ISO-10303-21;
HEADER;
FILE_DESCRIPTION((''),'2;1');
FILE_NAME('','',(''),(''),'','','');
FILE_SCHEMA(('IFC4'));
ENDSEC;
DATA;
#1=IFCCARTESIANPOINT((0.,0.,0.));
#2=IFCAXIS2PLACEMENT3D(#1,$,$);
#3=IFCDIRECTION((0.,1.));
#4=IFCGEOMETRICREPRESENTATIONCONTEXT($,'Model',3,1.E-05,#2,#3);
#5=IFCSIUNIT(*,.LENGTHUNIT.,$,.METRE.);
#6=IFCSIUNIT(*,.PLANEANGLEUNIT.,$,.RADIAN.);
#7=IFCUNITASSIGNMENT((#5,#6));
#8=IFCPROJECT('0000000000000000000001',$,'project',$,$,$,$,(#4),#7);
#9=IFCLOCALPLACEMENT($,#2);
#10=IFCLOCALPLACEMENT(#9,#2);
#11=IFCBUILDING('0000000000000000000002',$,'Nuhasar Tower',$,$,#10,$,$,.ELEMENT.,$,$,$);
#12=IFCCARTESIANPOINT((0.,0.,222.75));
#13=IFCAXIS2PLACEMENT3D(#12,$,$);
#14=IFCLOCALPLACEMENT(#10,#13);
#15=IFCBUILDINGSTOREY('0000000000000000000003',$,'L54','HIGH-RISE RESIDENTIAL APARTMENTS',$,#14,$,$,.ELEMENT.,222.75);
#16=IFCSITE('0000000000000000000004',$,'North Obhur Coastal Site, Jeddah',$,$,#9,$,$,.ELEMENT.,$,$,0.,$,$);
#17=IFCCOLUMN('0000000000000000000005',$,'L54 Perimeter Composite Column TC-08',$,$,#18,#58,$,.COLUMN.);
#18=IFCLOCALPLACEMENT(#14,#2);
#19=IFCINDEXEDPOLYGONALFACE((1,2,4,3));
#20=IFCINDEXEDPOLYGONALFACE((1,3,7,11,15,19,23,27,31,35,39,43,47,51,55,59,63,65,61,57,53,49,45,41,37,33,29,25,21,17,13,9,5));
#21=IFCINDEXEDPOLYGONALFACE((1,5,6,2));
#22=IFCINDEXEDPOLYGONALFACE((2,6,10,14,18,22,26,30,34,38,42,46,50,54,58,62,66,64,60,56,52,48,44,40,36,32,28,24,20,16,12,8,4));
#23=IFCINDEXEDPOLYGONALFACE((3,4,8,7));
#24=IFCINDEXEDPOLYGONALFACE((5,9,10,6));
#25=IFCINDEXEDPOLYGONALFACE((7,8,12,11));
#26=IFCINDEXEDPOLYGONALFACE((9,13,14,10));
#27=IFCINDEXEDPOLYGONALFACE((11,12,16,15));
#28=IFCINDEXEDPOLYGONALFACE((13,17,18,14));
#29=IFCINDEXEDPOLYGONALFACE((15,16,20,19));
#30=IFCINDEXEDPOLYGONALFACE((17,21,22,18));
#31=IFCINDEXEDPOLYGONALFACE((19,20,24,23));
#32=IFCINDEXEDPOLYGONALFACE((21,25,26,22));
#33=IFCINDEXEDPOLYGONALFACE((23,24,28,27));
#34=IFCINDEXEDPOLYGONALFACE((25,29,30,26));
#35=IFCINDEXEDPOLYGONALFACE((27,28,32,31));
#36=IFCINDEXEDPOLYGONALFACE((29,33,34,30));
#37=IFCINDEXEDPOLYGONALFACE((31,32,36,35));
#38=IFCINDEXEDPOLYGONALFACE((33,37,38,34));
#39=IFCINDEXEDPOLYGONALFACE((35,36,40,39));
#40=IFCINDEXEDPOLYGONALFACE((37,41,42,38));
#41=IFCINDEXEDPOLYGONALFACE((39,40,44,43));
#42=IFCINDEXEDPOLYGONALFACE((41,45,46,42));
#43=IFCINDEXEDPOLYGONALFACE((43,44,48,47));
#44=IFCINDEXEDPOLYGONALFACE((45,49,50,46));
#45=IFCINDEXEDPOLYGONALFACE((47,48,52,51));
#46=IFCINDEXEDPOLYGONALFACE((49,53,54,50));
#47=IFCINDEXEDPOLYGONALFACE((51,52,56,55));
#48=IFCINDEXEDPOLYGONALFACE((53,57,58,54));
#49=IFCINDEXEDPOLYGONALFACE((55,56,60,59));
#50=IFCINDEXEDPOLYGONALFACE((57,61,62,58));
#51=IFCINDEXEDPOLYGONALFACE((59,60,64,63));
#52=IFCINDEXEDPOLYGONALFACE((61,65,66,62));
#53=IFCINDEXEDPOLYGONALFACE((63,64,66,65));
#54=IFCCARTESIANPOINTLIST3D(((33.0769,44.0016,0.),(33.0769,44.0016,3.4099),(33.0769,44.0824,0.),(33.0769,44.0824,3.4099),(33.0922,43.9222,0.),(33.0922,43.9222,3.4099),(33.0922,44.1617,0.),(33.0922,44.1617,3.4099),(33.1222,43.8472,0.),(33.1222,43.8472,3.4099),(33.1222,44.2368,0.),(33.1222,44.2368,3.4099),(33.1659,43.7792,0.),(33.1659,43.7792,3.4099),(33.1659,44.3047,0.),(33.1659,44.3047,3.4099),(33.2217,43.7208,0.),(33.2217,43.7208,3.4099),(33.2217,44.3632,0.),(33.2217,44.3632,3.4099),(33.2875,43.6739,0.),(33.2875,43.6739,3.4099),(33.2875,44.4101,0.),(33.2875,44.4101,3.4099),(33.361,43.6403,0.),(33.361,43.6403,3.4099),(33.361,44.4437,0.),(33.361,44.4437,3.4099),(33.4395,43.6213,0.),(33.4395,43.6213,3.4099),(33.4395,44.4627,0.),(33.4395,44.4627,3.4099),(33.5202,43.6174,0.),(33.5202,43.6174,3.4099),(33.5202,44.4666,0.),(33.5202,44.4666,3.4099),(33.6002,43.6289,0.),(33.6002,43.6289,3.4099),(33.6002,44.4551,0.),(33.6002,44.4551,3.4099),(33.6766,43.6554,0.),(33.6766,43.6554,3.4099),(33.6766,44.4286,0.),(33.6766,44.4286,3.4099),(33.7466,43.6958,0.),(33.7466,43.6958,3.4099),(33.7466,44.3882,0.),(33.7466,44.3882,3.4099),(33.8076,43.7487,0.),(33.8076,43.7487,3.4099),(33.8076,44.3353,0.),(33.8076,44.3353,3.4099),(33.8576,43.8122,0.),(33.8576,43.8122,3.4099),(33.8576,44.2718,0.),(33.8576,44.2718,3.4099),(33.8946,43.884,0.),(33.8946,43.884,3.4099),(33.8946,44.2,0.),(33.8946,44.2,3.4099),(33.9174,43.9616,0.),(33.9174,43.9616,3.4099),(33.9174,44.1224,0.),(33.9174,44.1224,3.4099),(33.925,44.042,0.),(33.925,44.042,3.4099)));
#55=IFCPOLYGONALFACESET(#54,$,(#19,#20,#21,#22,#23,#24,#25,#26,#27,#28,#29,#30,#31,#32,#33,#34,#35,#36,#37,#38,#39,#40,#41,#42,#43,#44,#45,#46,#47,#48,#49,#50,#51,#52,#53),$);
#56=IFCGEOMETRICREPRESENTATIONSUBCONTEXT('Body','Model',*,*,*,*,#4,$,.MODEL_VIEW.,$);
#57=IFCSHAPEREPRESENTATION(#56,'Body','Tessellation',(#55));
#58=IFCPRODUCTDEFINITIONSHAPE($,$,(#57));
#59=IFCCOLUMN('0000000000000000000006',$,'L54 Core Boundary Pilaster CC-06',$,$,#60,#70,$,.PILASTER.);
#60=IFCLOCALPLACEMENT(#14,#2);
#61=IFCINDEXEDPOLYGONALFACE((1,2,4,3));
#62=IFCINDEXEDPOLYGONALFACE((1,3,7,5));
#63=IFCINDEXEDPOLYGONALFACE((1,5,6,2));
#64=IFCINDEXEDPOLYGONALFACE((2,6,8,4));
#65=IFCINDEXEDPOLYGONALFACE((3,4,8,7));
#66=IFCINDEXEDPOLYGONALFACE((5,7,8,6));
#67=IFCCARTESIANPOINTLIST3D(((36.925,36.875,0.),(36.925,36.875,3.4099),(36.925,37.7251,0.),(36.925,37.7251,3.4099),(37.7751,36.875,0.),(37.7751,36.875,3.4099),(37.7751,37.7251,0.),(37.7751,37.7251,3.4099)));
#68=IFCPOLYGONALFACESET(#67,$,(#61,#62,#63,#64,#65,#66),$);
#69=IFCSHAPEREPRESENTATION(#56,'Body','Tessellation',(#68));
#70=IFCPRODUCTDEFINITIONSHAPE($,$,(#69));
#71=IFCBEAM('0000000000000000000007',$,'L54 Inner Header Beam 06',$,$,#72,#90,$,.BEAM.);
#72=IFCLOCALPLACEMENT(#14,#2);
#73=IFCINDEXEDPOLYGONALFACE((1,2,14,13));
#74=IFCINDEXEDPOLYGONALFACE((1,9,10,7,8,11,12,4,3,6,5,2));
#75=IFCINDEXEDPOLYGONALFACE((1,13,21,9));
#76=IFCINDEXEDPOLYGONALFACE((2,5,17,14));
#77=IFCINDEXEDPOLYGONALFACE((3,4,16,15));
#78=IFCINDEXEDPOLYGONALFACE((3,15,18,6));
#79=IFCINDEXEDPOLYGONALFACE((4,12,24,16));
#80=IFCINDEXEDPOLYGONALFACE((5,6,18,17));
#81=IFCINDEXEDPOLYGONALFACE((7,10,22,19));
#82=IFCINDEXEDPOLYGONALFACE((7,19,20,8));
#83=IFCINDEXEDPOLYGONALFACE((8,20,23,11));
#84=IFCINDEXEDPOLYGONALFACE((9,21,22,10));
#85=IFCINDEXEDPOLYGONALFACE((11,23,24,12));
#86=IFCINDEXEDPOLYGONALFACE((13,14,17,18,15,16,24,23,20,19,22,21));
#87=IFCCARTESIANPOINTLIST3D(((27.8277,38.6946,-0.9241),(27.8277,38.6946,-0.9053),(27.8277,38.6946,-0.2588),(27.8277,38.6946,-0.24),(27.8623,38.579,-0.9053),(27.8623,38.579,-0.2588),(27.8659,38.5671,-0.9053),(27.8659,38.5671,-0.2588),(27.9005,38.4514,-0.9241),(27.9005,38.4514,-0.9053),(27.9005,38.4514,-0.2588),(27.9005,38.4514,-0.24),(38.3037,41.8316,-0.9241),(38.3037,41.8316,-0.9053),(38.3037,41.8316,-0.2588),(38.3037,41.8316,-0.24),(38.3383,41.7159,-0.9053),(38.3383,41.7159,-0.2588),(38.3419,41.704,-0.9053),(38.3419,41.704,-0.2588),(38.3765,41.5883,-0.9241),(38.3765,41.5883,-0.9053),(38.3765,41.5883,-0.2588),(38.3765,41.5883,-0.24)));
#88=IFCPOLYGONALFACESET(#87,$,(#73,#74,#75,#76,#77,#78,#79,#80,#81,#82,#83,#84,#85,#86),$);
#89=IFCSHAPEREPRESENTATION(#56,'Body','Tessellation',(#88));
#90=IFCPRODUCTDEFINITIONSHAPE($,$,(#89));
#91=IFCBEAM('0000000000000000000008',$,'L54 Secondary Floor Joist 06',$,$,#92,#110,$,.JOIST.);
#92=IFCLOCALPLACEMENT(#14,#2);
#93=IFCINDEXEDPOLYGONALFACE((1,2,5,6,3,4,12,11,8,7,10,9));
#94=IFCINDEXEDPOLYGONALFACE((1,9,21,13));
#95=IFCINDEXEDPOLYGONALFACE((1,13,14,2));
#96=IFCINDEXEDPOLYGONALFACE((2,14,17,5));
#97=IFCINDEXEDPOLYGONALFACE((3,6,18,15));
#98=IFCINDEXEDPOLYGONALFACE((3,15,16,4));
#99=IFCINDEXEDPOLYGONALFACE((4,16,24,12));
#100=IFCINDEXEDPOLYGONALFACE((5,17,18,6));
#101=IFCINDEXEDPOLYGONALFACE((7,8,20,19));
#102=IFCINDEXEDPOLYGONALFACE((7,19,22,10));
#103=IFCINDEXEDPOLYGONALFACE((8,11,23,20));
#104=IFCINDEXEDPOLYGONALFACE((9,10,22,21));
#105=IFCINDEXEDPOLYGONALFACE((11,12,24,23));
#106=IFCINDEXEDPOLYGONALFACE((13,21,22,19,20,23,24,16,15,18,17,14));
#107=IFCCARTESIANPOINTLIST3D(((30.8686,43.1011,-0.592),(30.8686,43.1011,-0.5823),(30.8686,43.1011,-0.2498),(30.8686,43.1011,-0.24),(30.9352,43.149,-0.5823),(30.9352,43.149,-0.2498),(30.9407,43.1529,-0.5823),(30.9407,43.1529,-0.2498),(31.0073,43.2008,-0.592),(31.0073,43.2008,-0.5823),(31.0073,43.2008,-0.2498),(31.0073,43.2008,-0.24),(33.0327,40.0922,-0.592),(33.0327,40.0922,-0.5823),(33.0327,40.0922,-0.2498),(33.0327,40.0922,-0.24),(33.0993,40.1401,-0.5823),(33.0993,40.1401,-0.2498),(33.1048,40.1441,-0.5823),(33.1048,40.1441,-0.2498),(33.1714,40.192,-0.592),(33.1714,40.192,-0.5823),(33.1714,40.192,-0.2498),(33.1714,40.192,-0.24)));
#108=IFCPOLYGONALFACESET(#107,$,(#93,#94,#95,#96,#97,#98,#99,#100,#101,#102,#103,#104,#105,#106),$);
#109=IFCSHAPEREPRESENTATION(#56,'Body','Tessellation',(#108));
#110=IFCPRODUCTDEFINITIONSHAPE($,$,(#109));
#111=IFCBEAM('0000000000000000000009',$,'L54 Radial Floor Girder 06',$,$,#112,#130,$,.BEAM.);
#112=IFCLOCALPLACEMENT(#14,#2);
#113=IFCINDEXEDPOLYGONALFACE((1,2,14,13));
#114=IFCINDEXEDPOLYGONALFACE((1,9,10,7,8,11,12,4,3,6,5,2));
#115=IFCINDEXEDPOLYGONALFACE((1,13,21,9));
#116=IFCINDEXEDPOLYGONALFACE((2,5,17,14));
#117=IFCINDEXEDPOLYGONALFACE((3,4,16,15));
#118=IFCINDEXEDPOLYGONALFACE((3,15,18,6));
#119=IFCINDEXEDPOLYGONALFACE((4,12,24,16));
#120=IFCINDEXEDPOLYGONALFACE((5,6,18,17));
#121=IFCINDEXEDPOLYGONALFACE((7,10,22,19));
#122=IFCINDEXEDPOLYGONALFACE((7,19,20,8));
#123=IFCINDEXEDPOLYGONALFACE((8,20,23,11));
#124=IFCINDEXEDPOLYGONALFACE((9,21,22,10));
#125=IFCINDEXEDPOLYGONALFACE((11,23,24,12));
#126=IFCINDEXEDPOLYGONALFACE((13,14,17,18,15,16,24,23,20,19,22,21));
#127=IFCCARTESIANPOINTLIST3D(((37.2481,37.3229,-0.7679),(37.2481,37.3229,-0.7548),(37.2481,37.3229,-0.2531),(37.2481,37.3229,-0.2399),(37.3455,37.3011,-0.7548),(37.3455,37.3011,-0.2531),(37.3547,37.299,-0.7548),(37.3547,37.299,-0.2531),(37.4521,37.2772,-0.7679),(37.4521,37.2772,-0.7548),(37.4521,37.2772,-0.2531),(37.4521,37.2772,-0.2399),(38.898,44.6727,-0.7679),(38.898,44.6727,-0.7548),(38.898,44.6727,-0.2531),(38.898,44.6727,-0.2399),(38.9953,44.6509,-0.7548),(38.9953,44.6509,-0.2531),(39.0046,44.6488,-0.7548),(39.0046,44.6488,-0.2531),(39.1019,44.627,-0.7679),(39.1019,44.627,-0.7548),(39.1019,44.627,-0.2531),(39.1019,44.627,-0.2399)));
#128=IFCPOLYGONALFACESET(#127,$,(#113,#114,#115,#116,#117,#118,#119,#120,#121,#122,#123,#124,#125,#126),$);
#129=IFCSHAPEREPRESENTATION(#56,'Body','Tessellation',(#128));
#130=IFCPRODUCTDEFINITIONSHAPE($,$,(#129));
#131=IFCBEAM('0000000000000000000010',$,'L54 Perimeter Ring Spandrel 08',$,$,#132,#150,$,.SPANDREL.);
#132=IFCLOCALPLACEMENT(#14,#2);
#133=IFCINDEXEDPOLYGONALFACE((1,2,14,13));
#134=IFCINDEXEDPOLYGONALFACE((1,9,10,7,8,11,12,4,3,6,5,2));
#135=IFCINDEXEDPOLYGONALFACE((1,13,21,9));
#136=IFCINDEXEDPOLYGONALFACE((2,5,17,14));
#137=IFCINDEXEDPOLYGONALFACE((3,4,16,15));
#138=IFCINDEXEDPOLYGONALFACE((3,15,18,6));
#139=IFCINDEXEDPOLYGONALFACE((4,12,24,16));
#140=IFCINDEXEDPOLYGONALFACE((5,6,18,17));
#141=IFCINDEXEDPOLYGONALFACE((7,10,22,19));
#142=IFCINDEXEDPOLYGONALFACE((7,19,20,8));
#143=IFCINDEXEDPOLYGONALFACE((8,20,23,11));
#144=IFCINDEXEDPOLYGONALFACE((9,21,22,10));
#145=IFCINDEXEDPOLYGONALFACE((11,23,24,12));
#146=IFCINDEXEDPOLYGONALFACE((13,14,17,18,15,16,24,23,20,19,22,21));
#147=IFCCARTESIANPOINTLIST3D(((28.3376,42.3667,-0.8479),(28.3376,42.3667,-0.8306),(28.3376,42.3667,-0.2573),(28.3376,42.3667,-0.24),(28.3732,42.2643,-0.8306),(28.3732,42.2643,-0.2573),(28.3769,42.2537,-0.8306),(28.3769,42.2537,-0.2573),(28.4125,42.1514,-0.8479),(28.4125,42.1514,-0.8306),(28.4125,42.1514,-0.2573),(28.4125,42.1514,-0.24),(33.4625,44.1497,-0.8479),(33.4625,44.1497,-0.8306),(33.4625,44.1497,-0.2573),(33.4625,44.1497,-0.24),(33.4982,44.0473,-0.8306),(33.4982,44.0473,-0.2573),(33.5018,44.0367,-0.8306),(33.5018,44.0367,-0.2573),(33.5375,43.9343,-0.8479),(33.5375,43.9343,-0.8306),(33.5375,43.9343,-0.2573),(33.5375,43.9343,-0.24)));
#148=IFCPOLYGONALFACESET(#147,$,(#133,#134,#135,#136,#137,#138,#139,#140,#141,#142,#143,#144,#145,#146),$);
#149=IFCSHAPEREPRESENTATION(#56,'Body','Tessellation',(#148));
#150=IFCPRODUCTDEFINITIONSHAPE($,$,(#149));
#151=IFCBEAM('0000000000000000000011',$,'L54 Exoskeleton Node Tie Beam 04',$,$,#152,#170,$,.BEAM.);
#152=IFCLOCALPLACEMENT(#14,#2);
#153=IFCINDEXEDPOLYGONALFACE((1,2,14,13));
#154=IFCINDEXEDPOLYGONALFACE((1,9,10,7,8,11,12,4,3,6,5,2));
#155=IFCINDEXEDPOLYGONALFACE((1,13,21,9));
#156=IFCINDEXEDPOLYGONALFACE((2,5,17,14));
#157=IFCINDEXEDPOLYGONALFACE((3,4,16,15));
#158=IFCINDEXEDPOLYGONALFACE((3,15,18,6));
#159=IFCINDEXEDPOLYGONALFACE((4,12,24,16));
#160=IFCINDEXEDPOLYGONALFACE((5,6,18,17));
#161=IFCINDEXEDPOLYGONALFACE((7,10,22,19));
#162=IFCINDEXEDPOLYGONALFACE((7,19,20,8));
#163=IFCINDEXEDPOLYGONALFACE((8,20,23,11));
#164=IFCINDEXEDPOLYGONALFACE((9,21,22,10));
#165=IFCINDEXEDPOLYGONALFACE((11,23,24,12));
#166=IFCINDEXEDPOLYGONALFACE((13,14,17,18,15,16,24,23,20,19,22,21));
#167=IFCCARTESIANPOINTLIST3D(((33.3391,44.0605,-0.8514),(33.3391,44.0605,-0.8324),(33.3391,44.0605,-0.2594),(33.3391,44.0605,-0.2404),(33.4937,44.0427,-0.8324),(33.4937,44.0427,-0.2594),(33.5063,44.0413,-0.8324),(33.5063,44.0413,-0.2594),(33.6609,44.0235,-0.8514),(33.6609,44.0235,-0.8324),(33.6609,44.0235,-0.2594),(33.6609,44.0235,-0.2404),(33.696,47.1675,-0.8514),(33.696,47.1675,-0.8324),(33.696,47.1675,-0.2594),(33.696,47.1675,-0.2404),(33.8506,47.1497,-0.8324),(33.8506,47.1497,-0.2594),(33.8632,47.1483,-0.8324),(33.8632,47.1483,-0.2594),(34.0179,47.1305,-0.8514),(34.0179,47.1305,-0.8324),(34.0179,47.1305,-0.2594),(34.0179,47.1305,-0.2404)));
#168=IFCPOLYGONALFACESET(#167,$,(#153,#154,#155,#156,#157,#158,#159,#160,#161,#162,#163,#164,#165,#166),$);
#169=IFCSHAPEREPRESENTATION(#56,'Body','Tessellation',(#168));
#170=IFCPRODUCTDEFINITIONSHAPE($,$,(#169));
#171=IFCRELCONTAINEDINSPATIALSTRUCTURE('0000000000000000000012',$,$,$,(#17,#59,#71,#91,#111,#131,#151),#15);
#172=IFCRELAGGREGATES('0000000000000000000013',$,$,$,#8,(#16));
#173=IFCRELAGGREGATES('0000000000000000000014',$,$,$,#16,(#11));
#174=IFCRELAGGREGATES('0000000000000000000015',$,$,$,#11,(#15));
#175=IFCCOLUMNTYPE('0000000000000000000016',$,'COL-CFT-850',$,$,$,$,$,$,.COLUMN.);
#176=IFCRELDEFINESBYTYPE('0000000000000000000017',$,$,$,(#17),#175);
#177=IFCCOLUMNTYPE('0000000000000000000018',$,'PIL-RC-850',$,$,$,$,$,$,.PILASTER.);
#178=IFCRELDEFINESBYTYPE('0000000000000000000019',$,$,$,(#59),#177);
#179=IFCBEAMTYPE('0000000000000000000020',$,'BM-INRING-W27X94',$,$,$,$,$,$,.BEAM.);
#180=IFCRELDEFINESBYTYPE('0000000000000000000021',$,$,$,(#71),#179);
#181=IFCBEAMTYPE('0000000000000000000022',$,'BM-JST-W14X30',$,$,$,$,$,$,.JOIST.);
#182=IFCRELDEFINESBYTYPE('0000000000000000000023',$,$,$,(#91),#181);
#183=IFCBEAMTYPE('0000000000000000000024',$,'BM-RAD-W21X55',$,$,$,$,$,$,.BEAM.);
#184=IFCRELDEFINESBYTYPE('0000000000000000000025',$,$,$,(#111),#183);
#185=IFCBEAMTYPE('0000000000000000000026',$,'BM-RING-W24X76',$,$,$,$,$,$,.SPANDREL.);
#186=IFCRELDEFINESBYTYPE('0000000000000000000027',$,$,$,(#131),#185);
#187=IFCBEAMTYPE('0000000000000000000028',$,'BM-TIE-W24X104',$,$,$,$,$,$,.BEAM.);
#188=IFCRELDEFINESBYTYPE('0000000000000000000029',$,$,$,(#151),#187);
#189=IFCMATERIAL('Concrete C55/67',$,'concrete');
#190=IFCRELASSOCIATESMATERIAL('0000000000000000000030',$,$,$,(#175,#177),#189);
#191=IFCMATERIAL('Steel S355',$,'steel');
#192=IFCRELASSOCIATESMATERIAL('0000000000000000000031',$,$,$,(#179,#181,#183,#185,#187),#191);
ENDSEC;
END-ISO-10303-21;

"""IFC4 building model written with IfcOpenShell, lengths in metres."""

from ifc_helpers import new_model, si_unit, direction, frame, origin, origin_2d, place, context, subcontext, project, spatial, rectangle, circle, i_section, extrude, material, material_profile, profile_set, type_object, element, save


model = new_model("IFC4")

# Units and contexts
model_context = context("Model", 3, precision=1e-05, world=origin(), true_north=direction((0.0, 1.0)))
body_context = subcontext(model_context, "Body", "Model", "MODEL_VIEW")
ifc_project = project(units=[si_unit("LENGTHUNIT", "METRE"), si_unit("PLANEANGLEUNIT", "RADIAN")], contexts=[model_context])

# Site, building, storey
site_placement = place(None, origin())
site = spatial("IfcSite", under=ifc_project, at=site_placement, Name="North Obhur Coastal Site, Jeddah", CompositionType="ELEMENT", RefElevation=0.0)
building_placement = place(site_placement, origin())
building = spatial("IfcBuilding", under=site, at=building_placement, Name="Nuhasar Tower", CompositionType="ELEMENT")
storey_placement = place(building_placement, frame((0.0, 0.0, 222.75)))
storey = spatial("IfcBuildingStorey", under=building, at=storey_placement, Name="L54", Description="HIGH-RISE RESIDENTIAL APARTMENTS", CompositionType="ELEMENT", Elevation=222.75)

# Columns
ifc_material_1 = material(Name="Concrete C55/67", Category="concrete")
ifc_material_profile_1 = material_profile(ifc_material_1, circle(Radius=0.425, at=origin_2d()), Name="CFT850")
ifc_profile_set_1 = profile_set([ifc_material_profile_1], Name="Concrete C55/67")
column_type_1 = type_object("IfcColumnType", Name="COL-CFT-850", PredefinedType="COLUMN", material=ifc_profile_set_1)
column_1_placement = place(storey_placement, frame((33.5, 44.042, 0.0), z_axis=(0.0, 0.0, 1.0), x_axis=(1.0, 0.0, 0.0)))
element("IfcColumn", 1, at=column_1_placement, inside=storey, type_object=column_type_1, Name="L54 Perimeter Composite Column TC-08", PredefinedType="COLUMN", context=body_context, shape_type="SweptSolid", body=[
    extrude(circle(Radius=0.425, at=origin_2d()), origin(), (0.0, 0.0, 1.0), 3.4099),
])
ifc_material_profile_2 = material_profile(ifc_material_1, rectangle(XDim=0.8501, YDim=0.8501, at=origin_2d()), Name="RC850X850")
ifc_profile_set_2 = profile_set([ifc_material_profile_2], Name="Concrete C55/67")
column_type_2 = type_object("IfcColumnType", Name="PIL-RC-850", PredefinedType="PILASTER", material=ifc_profile_set_2)
column_2_placement = place(storey_placement, frame((37.3501, 37.3, 0.0), z_axis=(0.0, 0.0, 1.0), x_axis=(1.0, 0.0, 0.0)))
element("IfcColumn", 2, at=column_2_placement, inside=storey, type_object=column_type_2, Name="L54 Core Boundary Pilaster CC-06", PredefinedType="PILASTER", context=body_context, shape_type="SweptSolid", body=[
    extrude(rectangle(XDim=0.8501, YDim=0.8501, at=origin_2d()), origin(), (0.0, 0.0, 1.0), 3.4099),
])

# Beams
ifc_material_2 = material(Name="Steel S355", Category="steel")
ifc_material_profile_3 = material_profile(ifc_material_2, i_section(OverallWidth=0.2539, OverallDepth=0.6841, WebThickness=0.0125, FlangeThickness=0.0188, at=origin_2d()), Name="W27X94")
ifc_profile_set_3 = profile_set([ifc_material_profile_3], Name="Steel S355")
beam_type_1 = type_object("IfcBeamType", Name="BM-INRING-W27X94", PredefinedType="BEAM", material=ifc_profile_set_3)
beam_1_placement = place(storey_placement, frame((38.3401, 41.71, -0.582), z_axis=(-0.957974, -0.286856, 0.0), x_axis=(0.286856, -0.957974, 0.0)))
element("IfcBeam", 3, at=beam_1_placement, inside=storey, type_object=beam_type_1, Name="L54 Inner Header Beam 06", PredefinedType="BEAM", context=body_context, shape_type="SweptSolid", body=[
    extrude(i_section(OverallWidth=0.2539, OverallDepth=0.6841, WebThickness=0.0125, FlangeThickness=0.0188, at=origin_2d()), origin(), (0.0, 0.0, 1.0), 10.9355),
])
ifc_material_profile_4 = material_profile(ifc_material_2, i_section(OverallWidth=0.1709, OverallDepth=0.3521, WebThickness=0.0068, FlangeThickness=0.0098, at=origin_2d()), Name="W14X30")
ifc_profile_set_4 = profile_set([ifc_material_profile_4], Name="Steel S355")
beam_type_2 = type_object("IfcBeamType", Name="BM-JST-W14X30", PredefinedType="JOIST", material=ifc_profile_set_4)
beam_2_placement = place(storey_placement, frame((33.1021, 40.1421, -0.416), z_axis=(-0.583902, 0.811824, 0.0), x_axis=(-0.811824, -0.583902, 0.0)))
element("IfcBeam", 4, at=beam_2_placement, inside=storey, type_object=beam_type_2, Name="L54 Secondary Floor Joist 06", PredefinedType="JOIST", context=body_context, shape_type="SweptSolid", body=[
    extrude(i_section(OverallWidth=0.1709, OverallDepth=0.3521, WebThickness=0.0068, FlangeThickness=0.0098, at=origin_2d()), origin(), (0.0, 0.0, 1.0), 3.7063),
])
ifc_material_profile_5 = material_profile(ifc_material_2, i_section(OverallWidth=0.209, OverallDepth=0.5281, WebThickness=0.0095, FlangeThickness=0.0132, at=origin_2d()), Name="W21X55")
ifc_profile_set_5 = profile_set([ifc_material_profile_5], Name="Steel S355")
beam_type_3 = type_object("IfcBeamType", Name="BM-RAD-W21X55", PredefinedType="BEAM", material=ifc_profile_set_5)
beam_3_placement = place(storey_placement, frame((37.3501, 37.3, -0.5039), z_axis=(0.21903, 0.975718, 0.0), x_axis=(-0.975718, 0.21903, 0.0)))
element("IfcBeam", 5, at=beam_3_placement, inside=storey, type_object=beam_type_3, Name="L54 Radial Floor Girder 06", PredefinedType="BEAM", context=body_context, shape_type="SweptSolid", body=[
    extrude(i_section(OverallWidth=0.209, OverallDepth=0.5281, WebThickness=0.0095, FlangeThickness=0.0132, at=origin_2d()), origin(), (0.0, 0.0, 1.0), 7.5327),
])
ifc_material_profile_6 = material_profile(ifc_material_2, i_section(OverallWidth=0.228, OverallDepth=0.6079, WebThickness=0.0112, FlangeThickness=0.0173, at=origin_2d()), Name="W24X76")
ifc_profile_set_6 = profile_set([ifc_material_profile_6], Name="Steel S355")
beam_type_4 = type_object("IfcBeamType", Name="BM-RING-W24X76", PredefinedType="SPANDREL", material=ifc_profile_set_6)
beam_4_placement = place(storey_placement, frame((33.5, 44.042, -0.5439), z_axis=(-0.944477, -0.328578, 0.0), x_axis=(0.328578, -0.944477, 0.0)))
element("IfcBeam", 6, at=beam_4_placement, inside=storey, type_object=beam_type_4, Name="L54 Perimeter Ring Spandrel 08", PredefinedType="SPANDREL", context=body_context, shape_type="SweptSolid", body=[
    extrude(i_section(OverallWidth=0.228, OverallDepth=0.6079, WebThickness=0.0112, FlangeThickness=0.0173, at=origin_2d()), origin(), (0.0, 0.0, 1.0), 5.4263),
])
ifc_material_profile_7 = material_profile(ifc_material_2, i_section(OverallWidth=0.324, OverallDepth=0.6111, WebThickness=0.0127, FlangeThickness=0.019, at=origin_2d()), Name="W24X104")
ifc_profile_set_7 = profile_set([ifc_material_profile_7], Name="Steel S355")
beam_type_5 = type_object("IfcBeamType", Name="BM-TIE-W24X104", PredefinedType="BEAM", material=ifc_profile_set_7)
beam_5_placement = place(storey_placement, frame((33.5, 44.042, -0.5459), z_axis=(0.114132, 0.993466, 0.0), x_axis=(-0.993466, 0.114132, 0.0)))
element("IfcBeam", 7, at=beam_5_placement, inside=storey, type_object=beam_type_5, Name="L54 Exoskeleton Node Tie Beam 04", PredefinedType="BEAM", context=body_context, shape_type="SweptSolid", body=[
    extrude(i_section(OverallWidth=0.324, OverallDepth=0.6111, WebThickness=0.0127, FlangeThickness=0.019, at=origin_2d()), origin(), (0.0, 0.0, 1.0), 3.1274),
])

save(model, "model.ifc")
